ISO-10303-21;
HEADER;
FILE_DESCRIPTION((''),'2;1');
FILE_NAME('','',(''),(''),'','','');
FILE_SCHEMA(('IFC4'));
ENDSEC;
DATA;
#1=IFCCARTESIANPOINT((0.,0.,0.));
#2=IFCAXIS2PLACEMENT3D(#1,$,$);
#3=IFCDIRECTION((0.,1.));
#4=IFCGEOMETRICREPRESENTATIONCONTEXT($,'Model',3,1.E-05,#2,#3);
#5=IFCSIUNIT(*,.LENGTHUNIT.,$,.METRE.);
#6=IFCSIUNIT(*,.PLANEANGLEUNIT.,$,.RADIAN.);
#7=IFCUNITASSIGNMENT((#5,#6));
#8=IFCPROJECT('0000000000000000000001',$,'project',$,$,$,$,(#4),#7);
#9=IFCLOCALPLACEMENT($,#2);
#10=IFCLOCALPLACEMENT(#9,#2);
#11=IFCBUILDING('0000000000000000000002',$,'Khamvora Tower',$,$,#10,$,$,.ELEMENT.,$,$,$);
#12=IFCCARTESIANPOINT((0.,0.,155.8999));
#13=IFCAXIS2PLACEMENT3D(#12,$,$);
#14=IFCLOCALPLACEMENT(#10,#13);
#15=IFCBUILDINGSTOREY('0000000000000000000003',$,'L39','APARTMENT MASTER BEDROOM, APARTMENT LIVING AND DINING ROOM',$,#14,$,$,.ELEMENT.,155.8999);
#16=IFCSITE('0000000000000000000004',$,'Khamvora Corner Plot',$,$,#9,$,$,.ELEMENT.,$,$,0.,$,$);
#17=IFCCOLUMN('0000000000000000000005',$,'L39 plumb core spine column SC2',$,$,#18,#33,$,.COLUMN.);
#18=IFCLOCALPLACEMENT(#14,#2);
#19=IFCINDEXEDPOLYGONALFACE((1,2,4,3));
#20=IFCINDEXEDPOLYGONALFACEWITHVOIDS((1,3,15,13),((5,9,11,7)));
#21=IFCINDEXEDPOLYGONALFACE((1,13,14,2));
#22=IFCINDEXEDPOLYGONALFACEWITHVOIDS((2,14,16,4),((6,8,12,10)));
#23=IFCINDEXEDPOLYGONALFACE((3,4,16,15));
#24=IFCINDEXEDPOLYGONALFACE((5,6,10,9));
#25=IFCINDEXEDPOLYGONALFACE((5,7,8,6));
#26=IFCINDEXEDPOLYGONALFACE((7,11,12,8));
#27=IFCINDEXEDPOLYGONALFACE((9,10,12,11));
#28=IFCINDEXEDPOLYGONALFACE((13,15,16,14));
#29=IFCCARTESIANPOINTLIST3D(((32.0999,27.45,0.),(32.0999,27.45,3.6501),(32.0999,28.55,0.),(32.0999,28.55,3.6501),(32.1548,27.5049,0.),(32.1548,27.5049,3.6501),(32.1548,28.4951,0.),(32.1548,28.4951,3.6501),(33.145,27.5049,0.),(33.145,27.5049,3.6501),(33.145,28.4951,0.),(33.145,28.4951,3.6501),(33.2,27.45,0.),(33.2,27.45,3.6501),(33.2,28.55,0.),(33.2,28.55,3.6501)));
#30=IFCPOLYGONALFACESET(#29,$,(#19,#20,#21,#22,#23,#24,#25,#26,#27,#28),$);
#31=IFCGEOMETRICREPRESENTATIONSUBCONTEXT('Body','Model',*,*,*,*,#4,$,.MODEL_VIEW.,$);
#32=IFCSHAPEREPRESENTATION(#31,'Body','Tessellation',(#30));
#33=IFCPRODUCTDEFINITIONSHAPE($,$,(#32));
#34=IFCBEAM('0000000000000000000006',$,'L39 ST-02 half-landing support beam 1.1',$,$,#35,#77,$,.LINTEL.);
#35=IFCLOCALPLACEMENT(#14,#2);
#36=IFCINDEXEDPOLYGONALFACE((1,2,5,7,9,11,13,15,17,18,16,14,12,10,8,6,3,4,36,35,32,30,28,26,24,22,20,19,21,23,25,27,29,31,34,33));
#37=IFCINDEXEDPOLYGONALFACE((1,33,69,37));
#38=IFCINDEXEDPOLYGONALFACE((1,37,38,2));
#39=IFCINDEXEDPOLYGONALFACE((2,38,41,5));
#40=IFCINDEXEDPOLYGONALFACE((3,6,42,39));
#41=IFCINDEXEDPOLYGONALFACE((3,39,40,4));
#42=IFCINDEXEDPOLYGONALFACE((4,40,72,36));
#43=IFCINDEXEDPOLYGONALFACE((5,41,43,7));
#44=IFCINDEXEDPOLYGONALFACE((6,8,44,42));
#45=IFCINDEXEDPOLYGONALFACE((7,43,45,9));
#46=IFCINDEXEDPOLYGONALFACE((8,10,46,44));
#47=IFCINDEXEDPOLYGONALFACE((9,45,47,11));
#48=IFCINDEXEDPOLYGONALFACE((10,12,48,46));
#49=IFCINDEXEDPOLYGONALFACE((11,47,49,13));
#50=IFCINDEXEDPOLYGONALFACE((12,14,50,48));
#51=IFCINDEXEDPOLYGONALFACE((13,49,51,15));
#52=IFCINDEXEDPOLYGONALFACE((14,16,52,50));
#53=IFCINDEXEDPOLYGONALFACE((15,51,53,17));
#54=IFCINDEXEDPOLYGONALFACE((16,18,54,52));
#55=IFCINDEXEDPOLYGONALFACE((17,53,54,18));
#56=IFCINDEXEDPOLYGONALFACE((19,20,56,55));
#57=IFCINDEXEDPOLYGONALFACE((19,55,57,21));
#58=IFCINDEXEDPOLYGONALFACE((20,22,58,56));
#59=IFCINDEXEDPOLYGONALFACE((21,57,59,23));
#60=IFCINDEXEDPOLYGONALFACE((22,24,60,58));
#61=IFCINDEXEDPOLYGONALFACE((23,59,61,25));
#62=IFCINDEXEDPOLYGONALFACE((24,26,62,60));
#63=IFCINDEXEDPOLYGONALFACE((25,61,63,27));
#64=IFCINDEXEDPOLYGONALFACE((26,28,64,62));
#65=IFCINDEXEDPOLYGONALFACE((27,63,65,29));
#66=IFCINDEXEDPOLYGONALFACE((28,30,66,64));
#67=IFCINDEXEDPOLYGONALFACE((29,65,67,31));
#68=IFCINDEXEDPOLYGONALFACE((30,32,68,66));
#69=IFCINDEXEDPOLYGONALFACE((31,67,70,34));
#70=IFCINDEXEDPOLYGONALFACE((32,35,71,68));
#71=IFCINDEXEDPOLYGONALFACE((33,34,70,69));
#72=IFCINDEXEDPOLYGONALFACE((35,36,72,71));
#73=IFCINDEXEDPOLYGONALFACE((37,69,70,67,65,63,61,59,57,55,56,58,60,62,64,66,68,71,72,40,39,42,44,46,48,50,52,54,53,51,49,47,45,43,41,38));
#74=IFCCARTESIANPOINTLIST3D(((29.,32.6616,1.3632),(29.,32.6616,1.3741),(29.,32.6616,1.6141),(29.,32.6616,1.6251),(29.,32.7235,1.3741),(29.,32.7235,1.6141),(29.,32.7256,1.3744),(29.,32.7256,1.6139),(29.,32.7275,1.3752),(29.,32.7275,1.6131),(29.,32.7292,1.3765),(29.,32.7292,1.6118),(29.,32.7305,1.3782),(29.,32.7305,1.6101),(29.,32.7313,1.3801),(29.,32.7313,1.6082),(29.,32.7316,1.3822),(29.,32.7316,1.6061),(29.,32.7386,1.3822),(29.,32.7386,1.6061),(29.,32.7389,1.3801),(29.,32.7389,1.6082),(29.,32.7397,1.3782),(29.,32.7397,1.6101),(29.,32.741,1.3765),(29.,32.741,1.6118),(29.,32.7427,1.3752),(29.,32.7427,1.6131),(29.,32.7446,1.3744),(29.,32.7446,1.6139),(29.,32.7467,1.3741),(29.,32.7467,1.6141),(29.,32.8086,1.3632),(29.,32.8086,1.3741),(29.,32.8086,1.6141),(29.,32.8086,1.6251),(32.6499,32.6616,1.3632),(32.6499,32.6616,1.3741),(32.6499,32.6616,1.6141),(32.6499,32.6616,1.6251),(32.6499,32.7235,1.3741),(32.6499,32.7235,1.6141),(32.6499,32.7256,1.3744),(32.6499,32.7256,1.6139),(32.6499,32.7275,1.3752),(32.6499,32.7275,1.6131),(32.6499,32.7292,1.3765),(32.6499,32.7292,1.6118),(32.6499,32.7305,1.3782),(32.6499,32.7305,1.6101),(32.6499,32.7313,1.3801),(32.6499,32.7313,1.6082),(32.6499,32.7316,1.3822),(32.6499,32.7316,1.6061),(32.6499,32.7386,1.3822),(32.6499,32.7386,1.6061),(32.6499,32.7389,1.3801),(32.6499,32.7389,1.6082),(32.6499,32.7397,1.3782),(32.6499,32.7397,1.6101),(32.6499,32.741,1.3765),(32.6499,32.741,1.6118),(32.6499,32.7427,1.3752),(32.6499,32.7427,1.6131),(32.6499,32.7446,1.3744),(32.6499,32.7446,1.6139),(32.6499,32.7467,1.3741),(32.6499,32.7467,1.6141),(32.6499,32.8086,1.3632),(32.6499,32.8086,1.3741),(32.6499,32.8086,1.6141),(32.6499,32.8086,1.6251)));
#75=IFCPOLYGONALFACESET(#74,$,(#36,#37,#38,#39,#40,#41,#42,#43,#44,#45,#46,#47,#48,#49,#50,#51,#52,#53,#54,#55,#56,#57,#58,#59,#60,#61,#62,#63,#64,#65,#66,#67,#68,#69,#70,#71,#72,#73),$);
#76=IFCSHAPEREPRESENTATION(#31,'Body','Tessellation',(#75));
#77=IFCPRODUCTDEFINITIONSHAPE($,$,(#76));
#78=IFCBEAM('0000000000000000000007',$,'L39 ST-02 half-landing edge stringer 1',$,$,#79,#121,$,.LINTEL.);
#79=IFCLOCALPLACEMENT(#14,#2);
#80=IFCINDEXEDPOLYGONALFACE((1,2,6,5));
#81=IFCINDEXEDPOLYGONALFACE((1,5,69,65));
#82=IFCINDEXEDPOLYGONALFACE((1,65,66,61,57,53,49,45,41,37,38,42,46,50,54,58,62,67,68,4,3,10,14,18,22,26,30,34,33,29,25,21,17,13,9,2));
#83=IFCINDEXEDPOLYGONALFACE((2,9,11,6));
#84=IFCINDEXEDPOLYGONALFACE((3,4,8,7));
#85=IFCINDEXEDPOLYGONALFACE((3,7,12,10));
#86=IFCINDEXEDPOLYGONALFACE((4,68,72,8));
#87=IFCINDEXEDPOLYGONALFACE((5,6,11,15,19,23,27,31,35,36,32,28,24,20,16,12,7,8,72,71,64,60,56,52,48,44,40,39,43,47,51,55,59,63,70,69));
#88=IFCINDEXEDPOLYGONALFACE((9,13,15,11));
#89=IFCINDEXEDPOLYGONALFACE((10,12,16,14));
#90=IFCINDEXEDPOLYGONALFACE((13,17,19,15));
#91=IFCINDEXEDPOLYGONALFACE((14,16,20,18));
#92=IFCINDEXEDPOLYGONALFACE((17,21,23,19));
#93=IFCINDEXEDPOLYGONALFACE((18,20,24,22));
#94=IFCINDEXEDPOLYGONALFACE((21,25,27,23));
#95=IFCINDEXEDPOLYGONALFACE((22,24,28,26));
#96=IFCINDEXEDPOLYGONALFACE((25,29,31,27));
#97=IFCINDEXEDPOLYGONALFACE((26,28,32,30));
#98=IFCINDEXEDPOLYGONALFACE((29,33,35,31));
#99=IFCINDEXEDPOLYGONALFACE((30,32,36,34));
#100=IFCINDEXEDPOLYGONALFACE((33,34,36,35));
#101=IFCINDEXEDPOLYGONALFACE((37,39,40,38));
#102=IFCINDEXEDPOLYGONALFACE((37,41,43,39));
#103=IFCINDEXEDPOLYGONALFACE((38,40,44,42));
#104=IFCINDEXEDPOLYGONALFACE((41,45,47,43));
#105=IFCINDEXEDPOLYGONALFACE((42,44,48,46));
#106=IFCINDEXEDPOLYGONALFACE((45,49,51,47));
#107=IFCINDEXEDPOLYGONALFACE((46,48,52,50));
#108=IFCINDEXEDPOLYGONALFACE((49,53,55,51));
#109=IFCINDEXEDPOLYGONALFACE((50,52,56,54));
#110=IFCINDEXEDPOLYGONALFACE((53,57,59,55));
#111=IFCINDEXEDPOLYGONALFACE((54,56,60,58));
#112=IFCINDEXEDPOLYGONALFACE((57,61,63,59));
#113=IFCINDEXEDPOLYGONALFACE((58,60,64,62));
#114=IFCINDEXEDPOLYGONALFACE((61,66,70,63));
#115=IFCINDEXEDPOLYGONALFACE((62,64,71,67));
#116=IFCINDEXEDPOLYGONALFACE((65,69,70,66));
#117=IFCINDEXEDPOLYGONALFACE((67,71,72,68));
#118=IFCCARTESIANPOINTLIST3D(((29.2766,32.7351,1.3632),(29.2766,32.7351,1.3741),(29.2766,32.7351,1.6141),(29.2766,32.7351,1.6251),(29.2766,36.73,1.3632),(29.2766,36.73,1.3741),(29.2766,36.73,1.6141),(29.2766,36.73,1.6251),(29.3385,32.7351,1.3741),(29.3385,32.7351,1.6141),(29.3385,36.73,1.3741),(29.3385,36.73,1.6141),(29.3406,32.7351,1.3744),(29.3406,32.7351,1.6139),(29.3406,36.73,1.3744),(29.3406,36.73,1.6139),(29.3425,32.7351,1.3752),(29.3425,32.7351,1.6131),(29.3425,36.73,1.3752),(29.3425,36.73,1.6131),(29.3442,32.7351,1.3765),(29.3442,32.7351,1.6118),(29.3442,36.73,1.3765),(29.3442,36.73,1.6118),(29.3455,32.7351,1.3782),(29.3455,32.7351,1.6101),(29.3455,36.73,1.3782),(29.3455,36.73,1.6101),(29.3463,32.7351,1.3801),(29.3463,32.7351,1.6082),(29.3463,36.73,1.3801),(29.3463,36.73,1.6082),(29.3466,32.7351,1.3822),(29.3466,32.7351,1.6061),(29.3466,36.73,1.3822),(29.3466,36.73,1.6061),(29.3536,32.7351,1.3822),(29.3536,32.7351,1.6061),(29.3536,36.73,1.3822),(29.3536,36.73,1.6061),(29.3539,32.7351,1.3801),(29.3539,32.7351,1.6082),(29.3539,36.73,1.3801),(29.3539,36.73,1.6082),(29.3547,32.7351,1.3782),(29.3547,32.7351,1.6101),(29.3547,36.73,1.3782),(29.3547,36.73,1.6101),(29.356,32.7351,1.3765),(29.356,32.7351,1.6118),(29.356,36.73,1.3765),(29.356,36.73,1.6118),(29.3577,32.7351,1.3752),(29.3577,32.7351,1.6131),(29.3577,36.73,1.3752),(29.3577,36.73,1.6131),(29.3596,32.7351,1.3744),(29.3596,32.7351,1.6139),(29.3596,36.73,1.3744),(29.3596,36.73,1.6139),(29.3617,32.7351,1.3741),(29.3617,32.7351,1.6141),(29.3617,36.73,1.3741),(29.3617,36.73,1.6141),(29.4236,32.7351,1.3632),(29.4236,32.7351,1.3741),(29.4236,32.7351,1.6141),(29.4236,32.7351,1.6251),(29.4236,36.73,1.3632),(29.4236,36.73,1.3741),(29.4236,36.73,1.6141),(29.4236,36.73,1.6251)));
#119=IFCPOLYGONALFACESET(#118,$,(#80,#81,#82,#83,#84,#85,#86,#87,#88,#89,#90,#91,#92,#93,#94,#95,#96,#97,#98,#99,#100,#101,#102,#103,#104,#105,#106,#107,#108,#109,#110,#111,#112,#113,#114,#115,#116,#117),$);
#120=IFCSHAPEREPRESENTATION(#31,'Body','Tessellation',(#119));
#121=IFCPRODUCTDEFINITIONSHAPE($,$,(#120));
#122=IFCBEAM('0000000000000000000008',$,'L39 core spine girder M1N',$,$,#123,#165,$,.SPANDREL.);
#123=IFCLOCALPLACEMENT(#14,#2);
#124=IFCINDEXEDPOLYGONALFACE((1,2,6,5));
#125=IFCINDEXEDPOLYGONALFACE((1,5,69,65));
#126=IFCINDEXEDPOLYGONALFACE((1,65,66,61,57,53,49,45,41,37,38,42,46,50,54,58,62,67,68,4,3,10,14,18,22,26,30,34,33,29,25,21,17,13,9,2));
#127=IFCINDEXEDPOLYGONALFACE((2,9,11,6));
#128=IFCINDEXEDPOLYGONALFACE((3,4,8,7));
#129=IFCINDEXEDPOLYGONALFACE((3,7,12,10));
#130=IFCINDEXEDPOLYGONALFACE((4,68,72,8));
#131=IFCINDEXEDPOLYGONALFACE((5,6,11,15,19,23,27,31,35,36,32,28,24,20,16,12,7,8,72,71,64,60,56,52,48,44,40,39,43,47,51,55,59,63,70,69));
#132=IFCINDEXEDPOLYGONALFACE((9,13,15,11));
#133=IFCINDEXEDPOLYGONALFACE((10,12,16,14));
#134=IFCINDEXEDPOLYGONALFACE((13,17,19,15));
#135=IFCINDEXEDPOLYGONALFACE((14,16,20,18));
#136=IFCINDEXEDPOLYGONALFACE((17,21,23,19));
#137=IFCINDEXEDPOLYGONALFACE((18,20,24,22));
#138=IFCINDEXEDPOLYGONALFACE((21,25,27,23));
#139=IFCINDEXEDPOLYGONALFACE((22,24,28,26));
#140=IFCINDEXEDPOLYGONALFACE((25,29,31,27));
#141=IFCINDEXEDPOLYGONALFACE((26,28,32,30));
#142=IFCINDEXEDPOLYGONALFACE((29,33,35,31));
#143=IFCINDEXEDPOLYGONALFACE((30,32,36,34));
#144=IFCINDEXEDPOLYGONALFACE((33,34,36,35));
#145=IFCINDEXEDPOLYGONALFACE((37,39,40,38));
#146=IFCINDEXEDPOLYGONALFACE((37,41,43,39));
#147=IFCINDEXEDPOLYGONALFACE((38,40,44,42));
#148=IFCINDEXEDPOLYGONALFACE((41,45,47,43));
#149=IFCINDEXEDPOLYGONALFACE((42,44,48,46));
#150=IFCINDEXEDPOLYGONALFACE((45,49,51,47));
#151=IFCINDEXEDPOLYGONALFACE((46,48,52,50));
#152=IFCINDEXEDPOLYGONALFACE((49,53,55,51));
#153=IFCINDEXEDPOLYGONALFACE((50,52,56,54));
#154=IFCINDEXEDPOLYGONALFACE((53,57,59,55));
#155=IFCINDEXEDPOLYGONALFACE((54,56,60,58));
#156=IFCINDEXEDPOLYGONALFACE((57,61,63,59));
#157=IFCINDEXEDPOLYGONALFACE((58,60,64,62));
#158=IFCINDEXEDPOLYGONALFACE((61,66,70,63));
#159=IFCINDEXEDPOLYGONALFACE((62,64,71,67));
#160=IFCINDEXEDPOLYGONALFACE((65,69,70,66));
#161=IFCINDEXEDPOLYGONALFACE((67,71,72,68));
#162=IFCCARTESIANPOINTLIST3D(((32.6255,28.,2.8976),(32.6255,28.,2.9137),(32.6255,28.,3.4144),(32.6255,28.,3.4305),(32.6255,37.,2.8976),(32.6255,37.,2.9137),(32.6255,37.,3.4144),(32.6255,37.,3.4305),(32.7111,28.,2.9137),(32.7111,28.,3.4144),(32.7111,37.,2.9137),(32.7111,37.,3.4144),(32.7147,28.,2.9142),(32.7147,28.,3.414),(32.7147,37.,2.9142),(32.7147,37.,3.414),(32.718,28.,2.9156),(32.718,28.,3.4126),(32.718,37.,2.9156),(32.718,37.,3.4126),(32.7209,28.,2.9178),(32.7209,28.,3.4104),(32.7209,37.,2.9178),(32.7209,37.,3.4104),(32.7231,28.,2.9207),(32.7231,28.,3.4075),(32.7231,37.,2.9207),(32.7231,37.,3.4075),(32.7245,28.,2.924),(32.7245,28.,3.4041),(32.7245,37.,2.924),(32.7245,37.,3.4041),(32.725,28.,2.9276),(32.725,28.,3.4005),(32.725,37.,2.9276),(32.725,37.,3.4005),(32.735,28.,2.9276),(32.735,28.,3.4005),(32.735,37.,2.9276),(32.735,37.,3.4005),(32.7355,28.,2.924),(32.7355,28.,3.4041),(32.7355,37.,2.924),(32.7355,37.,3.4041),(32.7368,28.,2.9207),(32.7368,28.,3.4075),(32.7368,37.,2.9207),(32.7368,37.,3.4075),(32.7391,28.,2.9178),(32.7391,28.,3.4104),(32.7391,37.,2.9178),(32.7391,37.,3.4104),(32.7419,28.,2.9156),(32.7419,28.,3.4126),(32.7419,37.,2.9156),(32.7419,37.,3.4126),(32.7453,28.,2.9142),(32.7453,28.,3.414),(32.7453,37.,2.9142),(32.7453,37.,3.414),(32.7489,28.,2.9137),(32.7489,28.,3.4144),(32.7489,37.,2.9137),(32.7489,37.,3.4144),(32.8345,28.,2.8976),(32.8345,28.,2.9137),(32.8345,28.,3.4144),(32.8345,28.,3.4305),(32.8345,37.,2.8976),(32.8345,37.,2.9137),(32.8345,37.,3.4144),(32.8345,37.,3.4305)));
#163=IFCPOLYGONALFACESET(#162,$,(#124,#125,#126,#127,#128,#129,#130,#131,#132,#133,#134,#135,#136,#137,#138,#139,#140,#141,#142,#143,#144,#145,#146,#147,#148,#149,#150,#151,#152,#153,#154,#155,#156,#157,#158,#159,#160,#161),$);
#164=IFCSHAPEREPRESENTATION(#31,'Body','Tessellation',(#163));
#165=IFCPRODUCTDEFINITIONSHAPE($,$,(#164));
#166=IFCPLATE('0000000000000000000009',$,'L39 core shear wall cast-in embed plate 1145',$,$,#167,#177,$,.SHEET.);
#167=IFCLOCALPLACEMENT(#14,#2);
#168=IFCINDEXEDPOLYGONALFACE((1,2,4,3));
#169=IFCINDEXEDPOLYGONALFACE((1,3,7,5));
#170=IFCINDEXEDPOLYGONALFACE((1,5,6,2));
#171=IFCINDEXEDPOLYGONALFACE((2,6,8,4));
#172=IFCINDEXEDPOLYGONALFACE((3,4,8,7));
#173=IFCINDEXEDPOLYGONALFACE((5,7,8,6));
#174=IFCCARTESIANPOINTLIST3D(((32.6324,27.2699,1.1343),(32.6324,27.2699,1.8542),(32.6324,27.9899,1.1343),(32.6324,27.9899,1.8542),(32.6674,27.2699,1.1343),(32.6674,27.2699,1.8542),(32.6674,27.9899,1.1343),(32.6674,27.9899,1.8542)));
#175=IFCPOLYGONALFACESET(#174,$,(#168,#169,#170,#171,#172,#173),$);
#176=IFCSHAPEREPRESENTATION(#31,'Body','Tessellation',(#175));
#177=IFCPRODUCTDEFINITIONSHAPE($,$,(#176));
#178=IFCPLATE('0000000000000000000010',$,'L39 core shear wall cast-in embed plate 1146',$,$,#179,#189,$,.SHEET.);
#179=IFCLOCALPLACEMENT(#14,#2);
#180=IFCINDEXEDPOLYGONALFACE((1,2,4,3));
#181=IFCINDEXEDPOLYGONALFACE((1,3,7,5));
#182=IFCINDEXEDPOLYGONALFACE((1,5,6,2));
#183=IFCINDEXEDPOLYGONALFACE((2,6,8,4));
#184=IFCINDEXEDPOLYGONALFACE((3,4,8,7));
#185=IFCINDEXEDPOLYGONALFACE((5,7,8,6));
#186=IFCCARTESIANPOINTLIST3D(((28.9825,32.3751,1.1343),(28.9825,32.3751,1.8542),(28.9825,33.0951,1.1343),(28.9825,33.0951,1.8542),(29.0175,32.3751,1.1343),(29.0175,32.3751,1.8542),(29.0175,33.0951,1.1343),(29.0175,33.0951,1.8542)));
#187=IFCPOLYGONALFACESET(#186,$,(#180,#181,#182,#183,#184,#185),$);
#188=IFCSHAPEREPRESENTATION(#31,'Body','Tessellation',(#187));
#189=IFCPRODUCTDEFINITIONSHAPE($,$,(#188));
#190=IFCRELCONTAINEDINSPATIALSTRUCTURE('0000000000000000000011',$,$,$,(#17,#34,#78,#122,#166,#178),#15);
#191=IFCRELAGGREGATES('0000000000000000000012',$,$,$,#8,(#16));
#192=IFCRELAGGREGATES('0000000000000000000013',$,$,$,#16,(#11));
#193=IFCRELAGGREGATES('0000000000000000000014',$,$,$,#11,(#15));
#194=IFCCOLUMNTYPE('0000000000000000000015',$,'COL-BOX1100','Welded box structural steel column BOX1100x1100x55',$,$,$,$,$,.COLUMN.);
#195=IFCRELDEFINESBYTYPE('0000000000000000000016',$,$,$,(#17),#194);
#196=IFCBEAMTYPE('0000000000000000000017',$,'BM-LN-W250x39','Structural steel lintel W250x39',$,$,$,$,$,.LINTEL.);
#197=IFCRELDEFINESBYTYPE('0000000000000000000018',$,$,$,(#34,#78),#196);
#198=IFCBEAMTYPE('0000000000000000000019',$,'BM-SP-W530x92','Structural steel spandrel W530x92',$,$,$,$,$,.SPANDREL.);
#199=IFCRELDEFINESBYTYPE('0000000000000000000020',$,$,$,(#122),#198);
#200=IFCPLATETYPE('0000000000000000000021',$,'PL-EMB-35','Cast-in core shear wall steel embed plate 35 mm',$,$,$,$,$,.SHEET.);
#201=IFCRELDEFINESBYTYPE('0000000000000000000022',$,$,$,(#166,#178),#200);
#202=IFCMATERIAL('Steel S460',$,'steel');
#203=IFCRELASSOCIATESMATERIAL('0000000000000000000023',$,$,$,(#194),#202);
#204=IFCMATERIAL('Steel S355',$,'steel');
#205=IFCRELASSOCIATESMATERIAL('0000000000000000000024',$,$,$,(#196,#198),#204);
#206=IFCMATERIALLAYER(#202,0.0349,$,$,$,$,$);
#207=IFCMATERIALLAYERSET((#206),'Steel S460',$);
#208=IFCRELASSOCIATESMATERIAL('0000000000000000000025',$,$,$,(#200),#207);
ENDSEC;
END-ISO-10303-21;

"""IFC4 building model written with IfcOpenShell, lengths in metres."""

from ifc_helpers import new_model, si_unit, direction, frame, origin, origin_2d, place, context, subcontext, project, spatial, rectangle, hollow_rectangle, i_section, extrude, material, layer, layer_set, material_profile, profile_set, type_object, element, save


model = new_model("IFC4")

# Units and contexts
model_context = context("Model", 3, precision=1e-05, world=origin(), true_north=direction((0.0, 1.0)))
body_context = subcontext(model_context, "Body", "Model", "MODEL_VIEW")
ifc_project = project(units=[si_unit("LENGTHUNIT", "METRE"), si_unit("PLANEANGLEUNIT", "RADIAN")], contexts=[model_context])

# Site, building, storey
site_placement = place(None, origin())
site = spatial("IfcSite", under=ifc_project, at=site_placement, Name="Khamvora Corner Plot", CompositionType="ELEMENT", RefElevation=0.0)
building_placement = place(site_placement, origin())
building = spatial("IfcBuilding", under=site, at=building_placement, Name="Khamvora Tower", CompositionType="ELEMENT")
storey_placement = place(building_placement, frame((0.0, 0.0, 155.8999)))
storey = spatial("IfcBuildingStorey", under=building, at=storey_placement, Name="L39", Description="APARTMENT MASTER BEDROOM, APARTMENT LIVING AND DINING ROOM", CompositionType="ELEMENT", Elevation=155.8999)

# Column
ifc_material_1 = material(Name="Steel S460", Category="steel")
ifc_material_profile_1 = material_profile(ifc_material_1, hollow_rectangle(XDim=1.1001, YDim=1.1001, WallThickness=0.0549, at=origin_2d()), Name="BOX1100x1100x55")
ifc_profile_set_1 = profile_set([ifc_material_profile_1], Name="Steel S460")
column_type = type_object("IfcColumnType", Name="COL-BOX1100", Description="Welded box structural steel column BOX1100x1100x55", PredefinedType="COLUMN", material=ifc_profile_set_1)
column_placement = place(storey_placement, frame((32.6499, 28.0, 0.0), z_axis=(0.0, 0.0, 1.0), x_axis=(1.0, 0.0, 0.0)))
element("IfcColumn", 1, at=column_placement, inside=storey, type_object=column_type, Name="L39 plumb core spine column SC2", PredefinedType="COLUMN", context=body_context, shape_type="SweptSolid", body=[
    extrude(hollow_rectangle(XDim=1.1001, YDim=1.1001, WallThickness=0.0549, at=origin_2d()), origin(), (0.0, 0.0, 1.0), 3.6501),
])

# Beams
ifc_material_2 = material(Name="Steel S355", Category="steel")
ifc_material_profile_2 = material_profile(ifc_material_2, i_section(OverallWidth=0.147, OverallDepth=0.262, WebThickness=0.0071, FlangeThickness=0.011, FilletRadius=0.0081, at=origin_2d()), Name="W250x39")
ifc_profile_set_2 = profile_set([ifc_material_profile_2], Name="Steel S355")
beam_type_1 = type_object("IfcBeamType", Name="BM-LN-W250x39", Description="Structural steel lintel W250x39", PredefinedType="LINTEL", material=ifc_profile_set_2)
beam_1_placement = place(storey_placement, frame((29.0, 32.7351, 1.4941), z_axis=(1.0, 0.0, 0.0), x_axis=(0.0, 1.0, 0.0)))
element("IfcBeam", 2, at=beam_1_placement, inside=storey, type_object=beam_type_1, Name="L39 ST-02 half-landing support beam 1.1", PredefinedType="LINTEL", context=body_context, shape_type="SweptSolid", body=[
    extrude(i_section(OverallWidth=0.147, OverallDepth=0.262, WebThickness=0.0071, FlangeThickness=0.011, FilletRadius=0.0081, at=origin_2d()), origin(), (0.0, 0.0, 1.0), 3.6499),
])
beam_2_placement = place(storey_placement, frame((29.3501, 32.7351, 1.4941), z_axis=(0.0, 1.0, 0.0), x_axis=(-1.0, 0.0, 0.0)))
element("IfcBeam", 3, at=beam_2_placement, inside=storey, type_object=beam_type_1, Name="L39 ST-02 half-landing edge stringer 1", PredefinedType="LINTEL", context=body_context, shape_type="SweptSolid", body=[
    extrude(i_section(OverallWidth=0.147, OverallDepth=0.262, WebThickness=0.0071, FlangeThickness=0.011, FilletRadius=0.0081, at=origin_2d()), origin(), (0.0, 0.0, 1.0), 3.9949),
])
ifc_material_profile_3 = material_profile(ifc_material_2, i_section(OverallWidth=0.209, OverallDepth=0.533, WebThickness=0.01, FlangeThickness=0.0161, FilletRadius=0.0139, at=origin_2d()), Name="W530x92")
ifc_profile_set_3 = profile_set([ifc_material_profile_3], Name="Steel S355")
beam_type_2 = type_object("IfcBeamType", Name="BM-SP-W530x92", Description="Structural steel spandrel W530x92", PredefinedType="SPANDREL", material=ifc_profile_set_3)
beam_3_placement = place(storey_placement, frame((32.73, 28.0, 3.1641), z_axis=(0.0, 1.0, 0.0), x_axis=(-1.0, 0.0, 0.0)))
element("IfcBeam", 4, at=beam_3_placement, inside=storey, type_object=beam_type_2, Name="L39 core spine girder M1N", PredefinedType="SPANDREL", context=body_context, shape_type="SweptSolid", body=[
    extrude(i_section(OverallWidth=0.209, OverallDepth=0.533, WebThickness=0.01, FlangeThickness=0.0161, FilletRadius=0.0139, at=origin_2d()), origin(), (0.0, 0.0, 1.0), 9.0),
])

# Plates
ifc_layer_1 = layer(ifc_material_1, 0.0349)
ifc_layer_set_1 = layer_set([ifc_layer_1], Name="Steel S460")
plate_type = type_object("IfcPlateType", Name="PL-EMB-35", Description="Cast-in core shear wall steel embed plate 35 mm", PredefinedType="SHEET", material=ifc_layer_set_1)
for number, where, z_axis, x_axis, name in (
    (5, (32.6499, 27.6299, 1.1343), (0.0, 0.0, 1.0), (1.0, 0.0, 0.0), "L39 core shear wall cast-in embed plate 1145"),
    (6, (29.0, 32.7351, 1.1343), (0.0, 0.0, 1.0), (1.0, 0.0, 0.0), "L39 core shear wall cast-in embed plate 1146"),
):
    element("IfcPlate", number, at=place(storey_placement, frame(where, z_axis=z_axis, x_axis=x_axis)), inside=storey, type_object=plate_type, Name=name, PredefinedType="SHEET", context=body_context, shape_type="SweptSolid", body=[
        extrude(rectangle(XDim=0.0349, YDim=0.72, at=origin_2d()), origin(), (0.0, 0.0, 1.0), 0.72),
    ])

save(model, "model.ifc")
